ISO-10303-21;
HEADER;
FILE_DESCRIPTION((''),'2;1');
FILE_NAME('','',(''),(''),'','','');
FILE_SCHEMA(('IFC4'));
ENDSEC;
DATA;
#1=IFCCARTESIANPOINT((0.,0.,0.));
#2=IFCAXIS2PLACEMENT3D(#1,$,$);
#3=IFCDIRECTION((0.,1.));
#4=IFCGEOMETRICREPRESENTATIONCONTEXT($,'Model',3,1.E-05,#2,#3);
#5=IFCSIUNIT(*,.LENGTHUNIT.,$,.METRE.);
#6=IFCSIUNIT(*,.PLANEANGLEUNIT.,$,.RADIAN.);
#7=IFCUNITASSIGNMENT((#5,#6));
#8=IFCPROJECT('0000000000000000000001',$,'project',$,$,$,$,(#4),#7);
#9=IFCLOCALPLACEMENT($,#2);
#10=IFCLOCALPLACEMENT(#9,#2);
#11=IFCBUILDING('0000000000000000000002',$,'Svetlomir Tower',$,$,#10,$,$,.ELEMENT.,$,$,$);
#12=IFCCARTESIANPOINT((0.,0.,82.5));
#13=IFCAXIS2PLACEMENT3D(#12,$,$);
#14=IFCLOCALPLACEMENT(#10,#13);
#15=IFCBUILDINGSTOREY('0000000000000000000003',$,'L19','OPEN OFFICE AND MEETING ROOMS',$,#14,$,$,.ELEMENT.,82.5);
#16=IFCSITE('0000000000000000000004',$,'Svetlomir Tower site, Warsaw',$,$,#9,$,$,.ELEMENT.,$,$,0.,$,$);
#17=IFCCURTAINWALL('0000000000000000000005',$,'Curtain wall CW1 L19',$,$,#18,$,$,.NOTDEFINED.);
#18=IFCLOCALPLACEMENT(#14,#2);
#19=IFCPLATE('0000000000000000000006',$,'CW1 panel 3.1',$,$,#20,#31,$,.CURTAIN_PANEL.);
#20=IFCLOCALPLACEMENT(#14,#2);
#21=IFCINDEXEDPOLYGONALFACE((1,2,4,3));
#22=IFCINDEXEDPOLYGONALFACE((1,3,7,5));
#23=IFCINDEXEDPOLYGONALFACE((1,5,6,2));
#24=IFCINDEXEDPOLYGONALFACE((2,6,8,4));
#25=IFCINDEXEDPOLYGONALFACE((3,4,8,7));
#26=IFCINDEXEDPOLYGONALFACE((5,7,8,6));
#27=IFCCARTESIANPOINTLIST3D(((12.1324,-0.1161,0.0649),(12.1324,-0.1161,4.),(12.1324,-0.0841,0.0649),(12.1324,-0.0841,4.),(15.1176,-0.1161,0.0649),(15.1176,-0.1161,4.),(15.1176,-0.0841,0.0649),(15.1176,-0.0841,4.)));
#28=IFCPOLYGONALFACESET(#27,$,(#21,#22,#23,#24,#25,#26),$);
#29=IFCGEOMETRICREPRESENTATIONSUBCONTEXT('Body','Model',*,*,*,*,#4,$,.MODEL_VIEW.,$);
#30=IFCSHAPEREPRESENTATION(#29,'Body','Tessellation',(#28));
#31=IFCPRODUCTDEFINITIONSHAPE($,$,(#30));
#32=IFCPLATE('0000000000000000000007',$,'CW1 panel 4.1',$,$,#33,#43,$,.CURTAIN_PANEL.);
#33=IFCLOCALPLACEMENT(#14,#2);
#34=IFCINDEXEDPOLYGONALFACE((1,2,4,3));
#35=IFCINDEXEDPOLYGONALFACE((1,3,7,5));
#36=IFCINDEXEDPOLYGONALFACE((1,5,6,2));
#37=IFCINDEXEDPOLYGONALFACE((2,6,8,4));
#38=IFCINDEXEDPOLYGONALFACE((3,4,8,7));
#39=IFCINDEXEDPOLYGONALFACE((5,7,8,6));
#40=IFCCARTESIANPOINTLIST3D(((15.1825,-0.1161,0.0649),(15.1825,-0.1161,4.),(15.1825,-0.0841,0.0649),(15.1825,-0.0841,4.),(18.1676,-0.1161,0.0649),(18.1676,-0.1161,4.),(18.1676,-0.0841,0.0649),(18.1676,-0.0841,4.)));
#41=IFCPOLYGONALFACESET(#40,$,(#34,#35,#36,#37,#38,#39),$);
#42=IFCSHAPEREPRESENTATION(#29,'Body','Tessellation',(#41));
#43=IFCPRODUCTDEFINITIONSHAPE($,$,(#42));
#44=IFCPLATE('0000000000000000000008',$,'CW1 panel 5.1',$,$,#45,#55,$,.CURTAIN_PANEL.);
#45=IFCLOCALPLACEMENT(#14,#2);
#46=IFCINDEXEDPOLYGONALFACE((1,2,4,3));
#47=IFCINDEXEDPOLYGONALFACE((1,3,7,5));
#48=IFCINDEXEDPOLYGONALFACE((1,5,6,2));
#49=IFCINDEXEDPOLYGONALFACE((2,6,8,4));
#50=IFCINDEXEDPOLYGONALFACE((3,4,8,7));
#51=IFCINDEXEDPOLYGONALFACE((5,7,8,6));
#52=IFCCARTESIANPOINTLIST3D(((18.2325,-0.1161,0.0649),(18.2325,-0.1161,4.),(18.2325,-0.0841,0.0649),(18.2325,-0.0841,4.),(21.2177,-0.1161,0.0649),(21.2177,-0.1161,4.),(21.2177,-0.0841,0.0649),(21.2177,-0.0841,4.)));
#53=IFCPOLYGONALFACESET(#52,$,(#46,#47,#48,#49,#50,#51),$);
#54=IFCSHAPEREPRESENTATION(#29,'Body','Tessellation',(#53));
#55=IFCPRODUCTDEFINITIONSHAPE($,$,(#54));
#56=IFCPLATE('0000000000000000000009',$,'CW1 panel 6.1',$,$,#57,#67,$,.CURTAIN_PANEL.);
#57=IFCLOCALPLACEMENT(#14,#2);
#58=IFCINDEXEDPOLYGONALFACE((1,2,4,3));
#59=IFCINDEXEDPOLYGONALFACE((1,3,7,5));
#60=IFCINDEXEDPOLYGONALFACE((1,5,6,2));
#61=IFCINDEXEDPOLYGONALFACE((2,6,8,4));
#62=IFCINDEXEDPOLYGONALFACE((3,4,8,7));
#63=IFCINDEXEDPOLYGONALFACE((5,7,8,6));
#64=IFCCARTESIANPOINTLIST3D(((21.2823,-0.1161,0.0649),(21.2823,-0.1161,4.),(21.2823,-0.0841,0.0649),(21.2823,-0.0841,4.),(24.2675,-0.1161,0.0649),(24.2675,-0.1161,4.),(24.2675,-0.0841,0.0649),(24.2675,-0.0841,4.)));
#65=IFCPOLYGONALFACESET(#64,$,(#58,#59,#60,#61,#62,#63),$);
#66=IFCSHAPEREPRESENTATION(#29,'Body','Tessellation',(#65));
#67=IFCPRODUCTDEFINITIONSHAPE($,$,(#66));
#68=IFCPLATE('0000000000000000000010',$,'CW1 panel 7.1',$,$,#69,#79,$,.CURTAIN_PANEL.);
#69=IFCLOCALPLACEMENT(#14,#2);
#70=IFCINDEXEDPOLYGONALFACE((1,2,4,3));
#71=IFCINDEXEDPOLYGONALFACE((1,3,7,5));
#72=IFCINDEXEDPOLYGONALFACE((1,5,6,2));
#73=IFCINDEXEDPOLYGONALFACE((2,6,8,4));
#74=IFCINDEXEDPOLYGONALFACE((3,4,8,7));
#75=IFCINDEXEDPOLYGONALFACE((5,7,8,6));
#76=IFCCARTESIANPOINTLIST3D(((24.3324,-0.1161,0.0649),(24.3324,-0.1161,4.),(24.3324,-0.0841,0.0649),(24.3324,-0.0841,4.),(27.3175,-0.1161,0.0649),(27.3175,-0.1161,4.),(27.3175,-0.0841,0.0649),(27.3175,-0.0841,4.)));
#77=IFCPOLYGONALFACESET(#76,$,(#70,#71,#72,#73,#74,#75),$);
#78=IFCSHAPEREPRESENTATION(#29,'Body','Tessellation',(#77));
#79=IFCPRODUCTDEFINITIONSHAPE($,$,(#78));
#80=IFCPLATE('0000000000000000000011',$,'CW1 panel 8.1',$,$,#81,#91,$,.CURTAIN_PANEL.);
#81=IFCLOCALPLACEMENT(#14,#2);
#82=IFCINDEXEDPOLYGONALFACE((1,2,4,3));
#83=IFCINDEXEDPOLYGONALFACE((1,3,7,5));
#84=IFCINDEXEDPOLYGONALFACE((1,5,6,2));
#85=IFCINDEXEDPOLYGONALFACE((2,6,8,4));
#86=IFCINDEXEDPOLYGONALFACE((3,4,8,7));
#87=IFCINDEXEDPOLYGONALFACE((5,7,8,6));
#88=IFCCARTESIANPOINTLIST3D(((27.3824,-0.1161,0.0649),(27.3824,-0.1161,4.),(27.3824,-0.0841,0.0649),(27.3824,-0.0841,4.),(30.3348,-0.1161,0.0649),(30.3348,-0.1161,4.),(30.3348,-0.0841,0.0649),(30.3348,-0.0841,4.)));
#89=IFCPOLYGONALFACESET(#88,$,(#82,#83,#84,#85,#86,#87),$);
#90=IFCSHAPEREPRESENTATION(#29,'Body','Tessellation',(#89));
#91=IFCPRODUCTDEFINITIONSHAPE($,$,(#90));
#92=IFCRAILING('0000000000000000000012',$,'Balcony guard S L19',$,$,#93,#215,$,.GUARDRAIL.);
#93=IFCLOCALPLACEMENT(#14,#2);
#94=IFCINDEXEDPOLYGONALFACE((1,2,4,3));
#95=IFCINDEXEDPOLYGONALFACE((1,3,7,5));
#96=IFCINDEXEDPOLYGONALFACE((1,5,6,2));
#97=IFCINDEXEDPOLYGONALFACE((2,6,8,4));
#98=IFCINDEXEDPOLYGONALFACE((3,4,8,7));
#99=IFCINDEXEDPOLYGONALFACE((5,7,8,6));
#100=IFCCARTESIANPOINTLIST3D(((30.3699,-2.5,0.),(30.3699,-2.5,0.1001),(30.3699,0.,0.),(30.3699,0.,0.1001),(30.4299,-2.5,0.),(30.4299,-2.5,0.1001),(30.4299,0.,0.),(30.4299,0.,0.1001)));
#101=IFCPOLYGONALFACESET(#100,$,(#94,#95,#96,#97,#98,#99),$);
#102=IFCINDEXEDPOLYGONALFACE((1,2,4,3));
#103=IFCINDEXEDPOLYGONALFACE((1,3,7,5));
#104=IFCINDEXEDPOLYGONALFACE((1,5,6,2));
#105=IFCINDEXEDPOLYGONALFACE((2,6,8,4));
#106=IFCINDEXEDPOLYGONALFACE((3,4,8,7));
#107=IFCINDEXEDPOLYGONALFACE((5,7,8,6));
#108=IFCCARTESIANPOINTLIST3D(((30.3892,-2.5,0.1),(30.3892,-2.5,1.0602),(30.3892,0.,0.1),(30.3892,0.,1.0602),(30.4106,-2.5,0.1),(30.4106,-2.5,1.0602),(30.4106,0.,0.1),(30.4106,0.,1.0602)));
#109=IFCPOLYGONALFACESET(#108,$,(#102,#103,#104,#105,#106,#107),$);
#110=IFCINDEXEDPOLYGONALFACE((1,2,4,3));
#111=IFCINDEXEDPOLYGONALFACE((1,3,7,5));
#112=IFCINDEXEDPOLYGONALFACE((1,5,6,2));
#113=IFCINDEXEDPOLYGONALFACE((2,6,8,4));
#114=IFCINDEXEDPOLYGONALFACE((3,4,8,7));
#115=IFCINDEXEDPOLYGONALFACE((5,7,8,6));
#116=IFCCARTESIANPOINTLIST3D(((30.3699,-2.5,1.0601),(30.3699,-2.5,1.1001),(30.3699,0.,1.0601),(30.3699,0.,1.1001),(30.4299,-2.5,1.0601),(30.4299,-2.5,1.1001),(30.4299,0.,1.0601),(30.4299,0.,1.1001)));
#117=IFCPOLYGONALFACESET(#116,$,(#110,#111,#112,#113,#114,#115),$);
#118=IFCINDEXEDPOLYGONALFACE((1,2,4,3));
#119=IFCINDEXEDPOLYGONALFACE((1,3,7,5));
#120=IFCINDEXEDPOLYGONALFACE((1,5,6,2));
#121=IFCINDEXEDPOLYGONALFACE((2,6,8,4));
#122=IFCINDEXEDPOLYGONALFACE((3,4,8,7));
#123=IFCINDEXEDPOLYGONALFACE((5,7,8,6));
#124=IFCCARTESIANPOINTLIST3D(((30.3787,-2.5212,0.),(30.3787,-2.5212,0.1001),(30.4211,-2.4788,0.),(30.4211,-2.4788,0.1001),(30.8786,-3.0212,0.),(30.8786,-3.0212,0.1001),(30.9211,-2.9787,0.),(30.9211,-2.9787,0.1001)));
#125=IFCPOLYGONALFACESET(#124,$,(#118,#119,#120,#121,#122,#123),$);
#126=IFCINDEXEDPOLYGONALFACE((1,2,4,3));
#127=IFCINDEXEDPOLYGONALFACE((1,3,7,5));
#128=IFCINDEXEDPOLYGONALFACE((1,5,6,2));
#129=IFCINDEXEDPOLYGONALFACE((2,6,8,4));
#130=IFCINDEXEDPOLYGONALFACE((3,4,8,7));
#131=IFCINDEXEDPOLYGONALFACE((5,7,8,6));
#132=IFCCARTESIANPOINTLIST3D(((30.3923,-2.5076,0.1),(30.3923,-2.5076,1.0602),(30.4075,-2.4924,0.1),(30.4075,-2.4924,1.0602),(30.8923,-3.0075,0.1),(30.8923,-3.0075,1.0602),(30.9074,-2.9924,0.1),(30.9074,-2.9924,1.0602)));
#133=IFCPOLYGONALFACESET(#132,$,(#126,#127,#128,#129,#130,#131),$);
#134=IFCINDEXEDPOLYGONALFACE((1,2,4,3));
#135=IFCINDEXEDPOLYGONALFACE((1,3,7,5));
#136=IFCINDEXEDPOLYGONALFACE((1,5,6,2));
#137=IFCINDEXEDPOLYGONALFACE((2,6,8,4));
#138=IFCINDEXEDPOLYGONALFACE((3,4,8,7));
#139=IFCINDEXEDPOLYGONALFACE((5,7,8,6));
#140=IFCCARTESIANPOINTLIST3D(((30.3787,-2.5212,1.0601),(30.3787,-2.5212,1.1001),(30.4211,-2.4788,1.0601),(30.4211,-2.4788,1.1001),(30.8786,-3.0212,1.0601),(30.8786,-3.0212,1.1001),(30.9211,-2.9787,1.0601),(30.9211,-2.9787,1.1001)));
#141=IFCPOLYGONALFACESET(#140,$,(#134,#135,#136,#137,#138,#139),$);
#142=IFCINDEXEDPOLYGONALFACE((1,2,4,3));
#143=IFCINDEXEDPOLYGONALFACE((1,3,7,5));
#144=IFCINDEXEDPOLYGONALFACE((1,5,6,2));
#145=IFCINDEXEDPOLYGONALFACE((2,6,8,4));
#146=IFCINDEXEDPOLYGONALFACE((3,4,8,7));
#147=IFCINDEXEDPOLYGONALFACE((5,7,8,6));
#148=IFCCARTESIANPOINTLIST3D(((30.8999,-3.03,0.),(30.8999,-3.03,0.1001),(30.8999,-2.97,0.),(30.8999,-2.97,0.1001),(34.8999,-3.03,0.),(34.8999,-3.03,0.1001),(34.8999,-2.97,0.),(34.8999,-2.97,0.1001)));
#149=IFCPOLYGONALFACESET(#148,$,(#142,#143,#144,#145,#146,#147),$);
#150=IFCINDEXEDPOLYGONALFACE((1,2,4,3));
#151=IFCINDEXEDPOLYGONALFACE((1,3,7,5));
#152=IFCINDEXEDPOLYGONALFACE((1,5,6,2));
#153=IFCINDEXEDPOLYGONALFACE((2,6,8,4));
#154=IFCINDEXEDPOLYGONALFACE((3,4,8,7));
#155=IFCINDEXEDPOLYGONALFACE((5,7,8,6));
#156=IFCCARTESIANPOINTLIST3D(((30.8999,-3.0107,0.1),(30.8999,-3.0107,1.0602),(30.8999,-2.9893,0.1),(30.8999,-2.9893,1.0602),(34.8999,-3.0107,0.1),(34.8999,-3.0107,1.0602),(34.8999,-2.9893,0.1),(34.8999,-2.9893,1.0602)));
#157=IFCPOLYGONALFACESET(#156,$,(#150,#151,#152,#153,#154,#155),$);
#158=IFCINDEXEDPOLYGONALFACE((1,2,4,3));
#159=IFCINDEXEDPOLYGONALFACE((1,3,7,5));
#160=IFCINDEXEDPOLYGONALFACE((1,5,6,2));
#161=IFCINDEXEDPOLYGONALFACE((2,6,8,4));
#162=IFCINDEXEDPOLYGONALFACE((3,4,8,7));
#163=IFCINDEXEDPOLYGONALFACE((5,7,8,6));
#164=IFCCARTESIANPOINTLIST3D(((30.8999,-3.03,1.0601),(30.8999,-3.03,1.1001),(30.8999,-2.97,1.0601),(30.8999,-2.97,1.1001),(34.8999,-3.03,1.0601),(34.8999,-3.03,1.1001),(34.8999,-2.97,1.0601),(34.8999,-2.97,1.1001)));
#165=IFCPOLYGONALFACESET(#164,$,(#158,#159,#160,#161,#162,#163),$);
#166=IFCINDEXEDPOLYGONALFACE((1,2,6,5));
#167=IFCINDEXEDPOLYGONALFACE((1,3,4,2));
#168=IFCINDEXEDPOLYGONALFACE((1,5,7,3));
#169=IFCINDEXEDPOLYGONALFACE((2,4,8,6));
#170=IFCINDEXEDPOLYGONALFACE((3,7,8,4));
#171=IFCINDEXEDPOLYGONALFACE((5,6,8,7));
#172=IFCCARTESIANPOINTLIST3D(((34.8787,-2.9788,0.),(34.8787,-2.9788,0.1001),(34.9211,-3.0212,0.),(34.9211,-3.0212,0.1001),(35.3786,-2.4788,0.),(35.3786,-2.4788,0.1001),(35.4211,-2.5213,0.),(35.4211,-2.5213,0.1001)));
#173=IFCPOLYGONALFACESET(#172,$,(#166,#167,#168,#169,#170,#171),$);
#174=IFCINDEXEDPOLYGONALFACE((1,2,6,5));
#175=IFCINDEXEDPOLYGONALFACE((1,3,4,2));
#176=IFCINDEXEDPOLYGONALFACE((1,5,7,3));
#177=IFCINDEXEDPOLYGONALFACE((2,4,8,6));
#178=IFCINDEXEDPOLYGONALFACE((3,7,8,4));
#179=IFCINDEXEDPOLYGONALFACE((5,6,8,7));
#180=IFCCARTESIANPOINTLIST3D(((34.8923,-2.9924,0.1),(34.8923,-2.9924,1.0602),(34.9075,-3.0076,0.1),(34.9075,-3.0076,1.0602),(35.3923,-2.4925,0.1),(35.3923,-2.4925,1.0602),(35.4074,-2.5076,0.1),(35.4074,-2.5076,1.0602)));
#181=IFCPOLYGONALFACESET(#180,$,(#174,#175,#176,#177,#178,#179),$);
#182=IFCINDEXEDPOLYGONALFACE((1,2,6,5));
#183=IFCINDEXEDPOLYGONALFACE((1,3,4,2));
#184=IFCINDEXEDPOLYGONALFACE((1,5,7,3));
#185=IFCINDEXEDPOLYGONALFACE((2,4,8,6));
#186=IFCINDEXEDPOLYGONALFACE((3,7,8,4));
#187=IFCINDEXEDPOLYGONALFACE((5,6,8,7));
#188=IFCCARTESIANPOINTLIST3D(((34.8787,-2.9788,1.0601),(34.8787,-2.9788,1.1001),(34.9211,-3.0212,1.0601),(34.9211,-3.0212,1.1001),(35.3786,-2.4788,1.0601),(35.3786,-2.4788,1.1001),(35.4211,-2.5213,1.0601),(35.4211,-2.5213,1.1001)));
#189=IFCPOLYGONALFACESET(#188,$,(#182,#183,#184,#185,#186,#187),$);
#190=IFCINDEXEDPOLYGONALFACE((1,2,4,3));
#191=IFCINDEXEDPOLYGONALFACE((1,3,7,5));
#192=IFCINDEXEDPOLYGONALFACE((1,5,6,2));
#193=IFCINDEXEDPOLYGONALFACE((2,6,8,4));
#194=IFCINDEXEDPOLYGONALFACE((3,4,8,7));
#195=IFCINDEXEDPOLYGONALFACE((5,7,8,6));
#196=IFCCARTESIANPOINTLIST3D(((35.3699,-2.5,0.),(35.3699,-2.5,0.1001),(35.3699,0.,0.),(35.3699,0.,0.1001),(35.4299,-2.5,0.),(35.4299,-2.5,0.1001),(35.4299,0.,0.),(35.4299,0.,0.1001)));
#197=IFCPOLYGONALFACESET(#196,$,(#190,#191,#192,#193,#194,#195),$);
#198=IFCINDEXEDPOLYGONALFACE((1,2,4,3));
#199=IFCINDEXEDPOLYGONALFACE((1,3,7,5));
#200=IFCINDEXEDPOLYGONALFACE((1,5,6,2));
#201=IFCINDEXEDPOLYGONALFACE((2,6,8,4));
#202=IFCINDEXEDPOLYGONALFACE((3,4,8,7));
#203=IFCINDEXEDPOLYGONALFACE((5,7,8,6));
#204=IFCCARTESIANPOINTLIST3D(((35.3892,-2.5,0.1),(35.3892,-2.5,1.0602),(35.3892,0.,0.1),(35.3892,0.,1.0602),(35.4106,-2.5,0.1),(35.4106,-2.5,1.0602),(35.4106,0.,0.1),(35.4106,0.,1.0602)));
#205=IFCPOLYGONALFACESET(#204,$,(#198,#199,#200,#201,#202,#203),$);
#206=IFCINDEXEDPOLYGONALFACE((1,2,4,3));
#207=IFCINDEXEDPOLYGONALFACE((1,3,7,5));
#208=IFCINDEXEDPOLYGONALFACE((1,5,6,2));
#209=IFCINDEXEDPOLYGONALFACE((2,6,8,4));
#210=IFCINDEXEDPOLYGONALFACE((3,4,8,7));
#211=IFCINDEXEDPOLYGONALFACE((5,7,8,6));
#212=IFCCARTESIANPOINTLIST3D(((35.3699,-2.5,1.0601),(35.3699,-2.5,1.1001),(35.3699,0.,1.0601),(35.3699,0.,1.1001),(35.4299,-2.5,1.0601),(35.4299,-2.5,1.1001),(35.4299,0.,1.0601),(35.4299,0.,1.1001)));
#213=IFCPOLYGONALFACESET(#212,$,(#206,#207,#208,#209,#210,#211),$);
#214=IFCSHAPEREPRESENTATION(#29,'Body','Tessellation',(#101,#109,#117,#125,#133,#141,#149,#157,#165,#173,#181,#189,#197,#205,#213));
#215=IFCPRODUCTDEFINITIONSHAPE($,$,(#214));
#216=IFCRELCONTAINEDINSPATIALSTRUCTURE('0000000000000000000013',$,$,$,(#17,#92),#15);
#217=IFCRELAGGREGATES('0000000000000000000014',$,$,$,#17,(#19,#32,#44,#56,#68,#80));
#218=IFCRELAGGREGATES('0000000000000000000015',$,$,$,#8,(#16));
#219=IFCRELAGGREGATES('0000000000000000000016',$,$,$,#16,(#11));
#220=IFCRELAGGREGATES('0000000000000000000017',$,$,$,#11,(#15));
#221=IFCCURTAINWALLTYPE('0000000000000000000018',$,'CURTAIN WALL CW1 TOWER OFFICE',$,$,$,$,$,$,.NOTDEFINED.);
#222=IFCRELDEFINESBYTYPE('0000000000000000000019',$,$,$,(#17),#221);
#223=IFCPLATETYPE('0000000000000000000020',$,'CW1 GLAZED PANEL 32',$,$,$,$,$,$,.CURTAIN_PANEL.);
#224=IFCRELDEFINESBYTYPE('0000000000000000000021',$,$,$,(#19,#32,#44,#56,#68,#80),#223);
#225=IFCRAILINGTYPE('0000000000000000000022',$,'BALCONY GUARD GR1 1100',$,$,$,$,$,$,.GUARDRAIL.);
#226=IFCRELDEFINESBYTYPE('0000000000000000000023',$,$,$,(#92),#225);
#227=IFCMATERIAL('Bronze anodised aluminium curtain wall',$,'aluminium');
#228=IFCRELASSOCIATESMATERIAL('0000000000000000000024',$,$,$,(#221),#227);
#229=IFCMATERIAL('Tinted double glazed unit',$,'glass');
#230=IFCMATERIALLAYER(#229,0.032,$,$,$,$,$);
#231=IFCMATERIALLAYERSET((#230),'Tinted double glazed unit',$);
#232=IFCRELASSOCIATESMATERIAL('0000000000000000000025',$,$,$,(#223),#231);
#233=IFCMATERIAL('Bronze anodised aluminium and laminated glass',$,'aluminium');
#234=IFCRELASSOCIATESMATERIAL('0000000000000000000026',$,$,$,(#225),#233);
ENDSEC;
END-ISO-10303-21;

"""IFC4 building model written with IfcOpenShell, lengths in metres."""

from ifc_helpers import new_model, si_unit, direction, frame, origin, origin_2d, place, context, subcontext, project, spatial, rectangle, extrude, material, layer, layer_set, type_object, element, aggregate, save


model = new_model("IFC4")

# Units and contexts
model_context = context("Model", 3, precision=1e-05, world=origin(), true_north=direction((0.0, 1.0)))
body_context = subcontext(model_context, "Body", "Model", "MODEL_VIEW")
ifc_project = project(units=[si_unit("LENGTHUNIT", "METRE"), si_unit("PLANEANGLEUNIT", "RADIAN")], contexts=[model_context])

# Site, building, storey
site_placement = place(None, origin())
site = spatial("IfcSite", under=ifc_project, at=site_placement, Name="Svetlomir Tower site, Warsaw", CompositionType="ELEMENT", RefElevation=0.0)
building_placement = place(site_placement, origin())
building = spatial("IfcBuilding", under=site, at=building_placement, Name="Svetlomir Tower", CompositionType="ELEMENT")
storey_placement = place(building_placement, frame((0.0, 0.0, 82.5)))
storey = spatial("IfcBuildingStorey", under=building, at=storey_placement, Name="L19", Description="OPEN OFFICE AND MEETING ROOMS", CompositionType="ELEMENT", Elevation=82.5)

# Curtain wall
ifc_material_1 = material(Name="Bronze anodised aluminium curtain wall", Category="aluminium")
curtain_wall_type = type_object("IfcCurtainWallType", Name="CURTAIN WALL CW1 TOWER OFFICE", PredefinedType="NOTDEFINED", material=ifc_material_1)
curtain_wall_placement = place(storey_placement, origin())
curtain_wall = element("IfcCurtainWall", 1, at=curtain_wall_placement, inside=storey, type_object=curtain_wall_type, Name="Curtain wall CW1 L19", PredefinedType="NOTDEFINED")

# Plates
ifc_material_2 = material(Name="Tinted double glazed unit", Category="glass")
ifc_layer_1 = layer(ifc_material_2, 0.032)
ifc_layer_set_1 = layer_set([ifc_layer_1], Name="Tinted double glazed unit")
plate_type = type_object("IfcPlateType", Name="CW1 GLAZED PANEL 32", PredefinedType="CURTAIN_PANEL", material=ifc_layer_set_1)
plate_1_placement = place(storey_placement, frame((13.625, -0.1001, 0.0649), z_axis=(0.0, 0.0, 1.0), x_axis=(1.0, 0.0, 0.0)))
plate_1 = element("IfcPlate", 2, at=plate_1_placement, type_object=plate_type, Name="CW1 panel 3.1", PredefinedType="CURTAIN_PANEL", context=body_context, shape_type="SweptSolid", body=[
    extrude(rectangle(XDim=2.9851, YDim=0.032, at=origin_2d()), origin(), (0.0, 0.0, 1.0), 3.9351),
])
plate_2_placement = place(storey_placement, frame((16.675, -0.1001, 0.0649), z_axis=(0.0, 0.0, 1.0), x_axis=(1.0, 0.0, 0.0)))
plate_2 = element("IfcPlate", 3, at=plate_2_placement, type_object=plate_type, Name="CW1 panel 4.1", PredefinedType="CURTAIN_PANEL", context=body_context, shape_type="SweptSolid", body=[
    extrude(rectangle(XDim=2.9851, YDim=0.032, at=origin_2d()), origin(), (0.0, 0.0, 1.0), 3.9351),
])
plate_3_placement = place(storey_placement, frame((19.7251, -0.1001, 0.0649), z_axis=(0.0, 0.0, 1.0), x_axis=(1.0, 0.0, 0.0)))
plate_3 = element("IfcPlate", 4, at=plate_3_placement, type_object=plate_type, Name="CW1 panel 5.1", PredefinedType="CURTAIN_PANEL", context=body_context, shape_type="SweptSolid", body=[
    extrude(rectangle(XDim=2.9851, YDim=0.032, at=origin_2d()), origin(), (0.0, 0.0, 1.0), 3.9351),
])
plate_4_placement = place(storey_placement, frame((22.7749, -0.1001, 0.0649), z_axis=(0.0, 0.0, 1.0), x_axis=(1.0, 0.0, 0.0)))
plate_4 = element("IfcPlate", 5, at=plate_4_placement, type_object=plate_type, Name="CW1 panel 6.1", PredefinedType="CURTAIN_PANEL", context=body_context, shape_type="SweptSolid", body=[
    extrude(rectangle(XDim=2.9851, YDim=0.032, at=origin_2d()), origin(), (0.0, 0.0, 1.0), 3.9351),
])
plate_5_placement = place(storey_placement, frame((25.825, -0.1001, 0.0649), z_axis=(0.0, 0.0, 1.0), x_axis=(1.0, 0.0, 0.0)))
plate_5 = element("IfcPlate", 6, at=plate_5_placement, type_object=plate_type, Name="CW1 panel 7.1", PredefinedType="CURTAIN_PANEL", context=body_context, shape_type="SweptSolid", body=[
    extrude(rectangle(XDim=2.9851, YDim=0.032, at=origin_2d()), origin(), (0.0, 0.0, 1.0), 3.9351),
])
plate_6_placement = place(storey_placement, frame((28.8586, -0.1001, 0.0649), z_axis=(0.0, 0.0, 1.0), x_axis=(1.0, 0.0, 0.0)))
plate_6 = element("IfcPlate", 7, at=plate_6_placement, type_object=plate_type, Name="CW1 panel 8.1", PredefinedType="CURTAIN_PANEL", context=body_context, shape_type="SweptSolid", body=[
    extrude(rectangle(XDim=2.9524, YDim=0.032, at=origin_2d()), origin(), (0.0, 0.0, 1.0), 3.9351),
])
aggregate(curtain_wall, [plate_1, plate_2, plate_3, plate_4, plate_5, plate_6])

# Railing
ifc_material_3 = material(Name="Bronze anodised aluminium and laminated glass", Category="aluminium")
railing_type = type_object("IfcRailingType", Name="BALCONY GUARD GR1 1100", PredefinedType="GUARDRAIL", material=ifc_material_3)
railing_placement = place(storey_placement, frame((30.3999, 0.0, 0.0)))
element("IfcRailing", 8, at=railing_placement, inside=storey, type_object=railing_type, Name="Balcony guard S L19", PredefinedType="GUARDRAIL", context=body_context, shape_type="SweptSolid", body=[
    extrude(rectangle(XDim=0.0601, YDim=0.1001, at=origin_2d()), frame((0.0, 0.0, 0.05), z_axis=(0.0, -1.0, 0.0), x_axis=(1.0, 0.0, 0.0)), (0.0, 0.0, 1.0), 2.5),
    extrude(rectangle(XDim=0.0215, YDim=0.9602, at=origin_2d()), frame((0.0, 0.0, 0.5801), z_axis=(0.0, -1.0, 0.0), x_axis=(1.0, 0.0, 0.0)), (0.0, 0.0, 1.0), 2.5),
    extrude(rectangle(XDim=0.0601, YDim=0.04, at=origin_2d()), frame((0.0, 0.0, 1.0801), z_axis=(0.0, -1.0, 0.0), x_axis=(1.0, 0.0, 0.0)), (0.0, 0.0, 1.0), 2.5),
    extrude(rectangle(XDim=0.0601, YDim=0.1001, at=origin_2d()), frame((0.0, -2.5, 0.05), z_axis=(0.707107, -0.707107, 0.0), x_axis=(0.707107, 0.707107, 0.0)), (0.0, 0.0, 1.0), 0.707),
    extrude(rectangle(XDim=0.0215, YDim=0.9602, at=origin_2d()), frame((0.0, -2.5, 0.5801), z_axis=(0.707107, -0.707107, 0.0), x_axis=(0.707107, 0.707107, 0.0)), (0.0, 0.0, 1.0), 0.707),
    extrude(rectangle(XDim=0.0601, YDim=0.04, at=origin_2d()), frame((0.0, -2.5, 1.0801), z_axis=(0.707107, -0.707107, 0.0), x_axis=(0.707107, 0.707107, 0.0)), (0.0, 0.0, 1.0), 0.707),
    extrude(rectangle(XDim=0.0601, YDim=0.1001, at=origin_2d()), frame((0.5, -3.0, 0.05), z_axis=(1.0, 0.0, 0.0), x_axis=(0.0, 1.0, 0.0)), (0.0, 0.0, 1.0), 4.0),
    extrude(rectangle(XDim=0.0215, YDim=0.9602, at=origin_2d()), frame((0.5, -3.0, 0.5801), z_axis=(1.0, 0.0, 0.0), x_axis=(0.0, 1.0, 0.0)), (0.0, 0.0, 1.0), 4.0),
    extrude(rectangle(XDim=0.0601, YDim=0.04, at=origin_2d()), frame((0.5, -3.0, 1.0801), z_axis=(1.0, 0.0, 0.0), x_axis=(0.0, 1.0, 0.0)), (0.0, 0.0, 1.0), 4.0),
    extrude(rectangle(XDim=0.0601, YDim=0.1001, at=origin_2d()), frame((4.5, -3.0, 0.05), z_axis=(0.707107, 0.707107, 0.0), x_axis=(-0.707107, 0.707107, 0.0)), (0.0, 0.0, 1.0), 0.707),
    extrude(rectangle(XDim=0.0215, YDim=0.9602, at=origin_2d()), frame((4.5, -3.0, 0.5801), z_axis=(0.707107, 0.707107, 0.0), x_axis=(-0.707107, 0.707107, 0.0)), (0.0, 0.0, 1.0), 0.707),
    extrude(rectangle(XDim=0.0601, YDim=0.04, at=origin_2d()), frame((4.5, -3.0, 1.0801), z_axis=(0.707107, 0.707107, 0.0), x_axis=(-0.707107, 0.707107, 0.0)), (0.0, 0.0, 1.0), 0.707),
    extrude(rectangle(XDim=0.0601, YDim=0.1001, at=origin_2d()), frame((5.0, -2.5, 0.05), z_axis=(0.0, 1.0, 0.0), x_axis=(-1.0, 0.0, 0.0)), (0.0, 0.0, 1.0), 2.5),
    extrude(rectangle(XDim=0.0215, YDim=0.9602, at=origin_2d()), frame((5.0, -2.5, 0.5801), z_axis=(0.0, 1.0, 0.0), x_axis=(-1.0, 0.0, 0.0)), (0.0, 0.0, 1.0), 2.5),
    extrude(rectangle(XDim=0.0601, YDim=0.04, at=origin_2d()), frame((5.0, -2.5, 1.0801), z_axis=(0.0, 1.0, 0.0), x_axis=(-1.0, 0.0, 0.0)), (0.0, 0.0, 1.0), 2.5),
])

save(model, "model.ifc")
